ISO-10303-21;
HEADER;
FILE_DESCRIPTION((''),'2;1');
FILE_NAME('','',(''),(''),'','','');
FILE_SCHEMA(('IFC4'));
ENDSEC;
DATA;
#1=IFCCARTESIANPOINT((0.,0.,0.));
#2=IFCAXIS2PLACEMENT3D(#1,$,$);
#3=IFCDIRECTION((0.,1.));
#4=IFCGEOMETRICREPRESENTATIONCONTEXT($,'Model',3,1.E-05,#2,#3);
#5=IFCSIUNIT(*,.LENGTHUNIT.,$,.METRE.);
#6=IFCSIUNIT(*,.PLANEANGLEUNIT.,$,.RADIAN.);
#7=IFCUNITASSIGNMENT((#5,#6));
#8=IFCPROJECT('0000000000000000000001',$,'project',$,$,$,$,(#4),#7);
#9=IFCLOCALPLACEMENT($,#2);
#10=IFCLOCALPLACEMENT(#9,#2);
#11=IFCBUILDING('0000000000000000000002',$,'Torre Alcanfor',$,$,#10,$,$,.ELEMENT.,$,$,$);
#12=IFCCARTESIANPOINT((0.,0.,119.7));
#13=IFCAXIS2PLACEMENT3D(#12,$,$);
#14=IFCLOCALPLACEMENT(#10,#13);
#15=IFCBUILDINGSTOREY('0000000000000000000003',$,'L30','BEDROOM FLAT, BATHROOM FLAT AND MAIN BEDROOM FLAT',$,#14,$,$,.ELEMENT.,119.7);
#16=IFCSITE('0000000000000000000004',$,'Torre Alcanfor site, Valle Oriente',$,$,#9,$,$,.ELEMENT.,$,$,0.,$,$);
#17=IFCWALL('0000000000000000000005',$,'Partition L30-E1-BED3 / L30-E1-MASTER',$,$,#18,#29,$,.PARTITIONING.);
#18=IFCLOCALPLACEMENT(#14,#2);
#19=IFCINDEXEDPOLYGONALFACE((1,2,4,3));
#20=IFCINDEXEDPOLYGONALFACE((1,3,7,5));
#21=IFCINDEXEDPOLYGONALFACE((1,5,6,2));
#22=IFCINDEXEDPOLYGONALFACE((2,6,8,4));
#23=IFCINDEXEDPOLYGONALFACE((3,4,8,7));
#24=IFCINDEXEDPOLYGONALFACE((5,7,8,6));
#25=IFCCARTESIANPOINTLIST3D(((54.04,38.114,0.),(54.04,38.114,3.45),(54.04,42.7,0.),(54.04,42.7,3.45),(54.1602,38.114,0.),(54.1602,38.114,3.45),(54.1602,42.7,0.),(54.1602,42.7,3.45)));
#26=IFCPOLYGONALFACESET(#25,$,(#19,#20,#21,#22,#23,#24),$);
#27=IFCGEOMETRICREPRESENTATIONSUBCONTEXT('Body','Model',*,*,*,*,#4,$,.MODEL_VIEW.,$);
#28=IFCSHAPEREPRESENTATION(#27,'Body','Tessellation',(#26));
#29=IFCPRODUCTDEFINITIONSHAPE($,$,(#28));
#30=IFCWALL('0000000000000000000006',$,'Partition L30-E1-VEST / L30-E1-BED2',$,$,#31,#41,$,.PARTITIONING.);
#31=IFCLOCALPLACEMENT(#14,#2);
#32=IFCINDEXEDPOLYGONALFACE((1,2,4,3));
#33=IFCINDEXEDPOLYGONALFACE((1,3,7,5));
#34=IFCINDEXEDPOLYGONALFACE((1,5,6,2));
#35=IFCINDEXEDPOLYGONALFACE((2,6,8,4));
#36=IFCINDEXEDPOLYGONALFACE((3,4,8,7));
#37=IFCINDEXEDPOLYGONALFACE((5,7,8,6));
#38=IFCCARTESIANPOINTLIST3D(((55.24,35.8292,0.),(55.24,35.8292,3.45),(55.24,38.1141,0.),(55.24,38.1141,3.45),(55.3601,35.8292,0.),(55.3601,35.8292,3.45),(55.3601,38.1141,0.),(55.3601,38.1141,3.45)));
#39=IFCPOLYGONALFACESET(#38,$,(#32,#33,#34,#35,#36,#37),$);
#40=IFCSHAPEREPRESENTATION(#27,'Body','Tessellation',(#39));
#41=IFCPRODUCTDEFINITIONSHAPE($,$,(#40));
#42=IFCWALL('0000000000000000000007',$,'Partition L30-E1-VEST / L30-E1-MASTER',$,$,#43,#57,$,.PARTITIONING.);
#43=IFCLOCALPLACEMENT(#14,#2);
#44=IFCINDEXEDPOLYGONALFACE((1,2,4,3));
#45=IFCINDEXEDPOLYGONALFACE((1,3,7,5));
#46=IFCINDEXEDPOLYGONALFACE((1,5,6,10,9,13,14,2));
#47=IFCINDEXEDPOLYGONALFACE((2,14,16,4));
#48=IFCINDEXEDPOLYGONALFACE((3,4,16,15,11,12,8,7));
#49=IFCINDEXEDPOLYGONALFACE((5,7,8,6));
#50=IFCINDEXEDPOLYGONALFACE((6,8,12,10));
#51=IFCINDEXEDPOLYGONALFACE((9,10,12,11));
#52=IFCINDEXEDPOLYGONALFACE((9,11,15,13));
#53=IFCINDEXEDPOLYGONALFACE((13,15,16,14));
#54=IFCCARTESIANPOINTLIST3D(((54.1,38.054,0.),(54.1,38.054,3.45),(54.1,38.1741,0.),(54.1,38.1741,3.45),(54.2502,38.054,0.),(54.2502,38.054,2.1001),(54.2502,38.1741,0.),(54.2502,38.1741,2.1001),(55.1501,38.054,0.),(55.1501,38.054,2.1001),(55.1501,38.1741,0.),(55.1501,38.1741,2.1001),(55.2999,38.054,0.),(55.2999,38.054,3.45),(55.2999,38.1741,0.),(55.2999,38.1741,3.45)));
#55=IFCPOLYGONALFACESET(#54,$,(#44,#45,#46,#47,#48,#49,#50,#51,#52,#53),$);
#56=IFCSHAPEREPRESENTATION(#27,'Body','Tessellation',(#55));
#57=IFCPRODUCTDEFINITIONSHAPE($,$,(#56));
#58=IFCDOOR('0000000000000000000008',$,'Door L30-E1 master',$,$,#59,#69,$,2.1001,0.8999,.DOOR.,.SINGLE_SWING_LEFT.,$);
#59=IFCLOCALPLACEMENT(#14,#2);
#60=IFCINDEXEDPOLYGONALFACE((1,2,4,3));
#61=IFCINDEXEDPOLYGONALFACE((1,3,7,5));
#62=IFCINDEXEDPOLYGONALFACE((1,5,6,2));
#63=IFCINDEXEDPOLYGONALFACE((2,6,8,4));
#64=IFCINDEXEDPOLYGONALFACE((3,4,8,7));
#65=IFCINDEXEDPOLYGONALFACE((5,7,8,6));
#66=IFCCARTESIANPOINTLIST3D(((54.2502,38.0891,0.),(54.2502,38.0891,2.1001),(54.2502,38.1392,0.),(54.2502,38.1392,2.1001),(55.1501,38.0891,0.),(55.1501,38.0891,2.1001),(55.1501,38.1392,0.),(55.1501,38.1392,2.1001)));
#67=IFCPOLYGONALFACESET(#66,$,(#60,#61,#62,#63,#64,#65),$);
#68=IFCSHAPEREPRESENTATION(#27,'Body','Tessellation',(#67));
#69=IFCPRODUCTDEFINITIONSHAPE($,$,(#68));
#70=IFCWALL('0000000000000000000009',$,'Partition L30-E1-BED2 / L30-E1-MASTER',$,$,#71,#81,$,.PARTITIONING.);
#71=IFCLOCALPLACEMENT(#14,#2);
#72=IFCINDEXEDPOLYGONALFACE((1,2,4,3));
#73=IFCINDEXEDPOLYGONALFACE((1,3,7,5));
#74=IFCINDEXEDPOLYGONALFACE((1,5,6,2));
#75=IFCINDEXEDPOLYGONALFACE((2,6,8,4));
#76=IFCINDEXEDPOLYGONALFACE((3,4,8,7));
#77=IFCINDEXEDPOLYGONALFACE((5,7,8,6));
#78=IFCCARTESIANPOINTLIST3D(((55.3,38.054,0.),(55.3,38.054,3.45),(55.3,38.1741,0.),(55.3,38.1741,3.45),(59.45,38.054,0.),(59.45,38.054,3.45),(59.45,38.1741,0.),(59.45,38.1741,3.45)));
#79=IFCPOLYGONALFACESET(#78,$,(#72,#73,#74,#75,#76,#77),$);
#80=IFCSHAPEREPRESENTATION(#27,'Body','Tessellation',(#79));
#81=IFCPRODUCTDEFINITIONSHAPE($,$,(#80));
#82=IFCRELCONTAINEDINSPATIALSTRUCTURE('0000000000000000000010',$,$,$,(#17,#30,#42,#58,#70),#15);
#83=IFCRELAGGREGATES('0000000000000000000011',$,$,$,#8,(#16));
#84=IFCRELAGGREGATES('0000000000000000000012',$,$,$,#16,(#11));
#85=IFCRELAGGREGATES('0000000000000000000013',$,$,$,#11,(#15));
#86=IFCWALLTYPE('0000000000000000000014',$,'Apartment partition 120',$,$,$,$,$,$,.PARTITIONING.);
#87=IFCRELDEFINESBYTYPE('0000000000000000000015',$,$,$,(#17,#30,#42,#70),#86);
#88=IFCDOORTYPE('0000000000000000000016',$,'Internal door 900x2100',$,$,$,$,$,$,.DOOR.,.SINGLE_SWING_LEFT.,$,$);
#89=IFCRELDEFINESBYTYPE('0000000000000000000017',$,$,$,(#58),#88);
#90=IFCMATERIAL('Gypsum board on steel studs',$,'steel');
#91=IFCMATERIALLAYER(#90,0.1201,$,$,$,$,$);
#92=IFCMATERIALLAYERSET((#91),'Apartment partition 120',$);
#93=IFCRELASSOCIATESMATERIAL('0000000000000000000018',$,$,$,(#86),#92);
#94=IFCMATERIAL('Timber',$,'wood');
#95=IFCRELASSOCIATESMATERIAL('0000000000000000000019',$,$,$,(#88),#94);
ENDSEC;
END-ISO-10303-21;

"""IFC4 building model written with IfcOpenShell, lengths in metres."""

from ifc_helpers import new_model, si_unit, direction, frame, frame_2d, origin, place, context, subcontext, project, spatial, rectangle, extrude, material, layer, layer_set, type_object, element, fill, save


model = new_model("IFC4")

# Units and contexts
model_context = context("Model", 3, precision=1e-05, world=origin(), true_north=direction((0.0, 1.0)))
body_context = subcontext(model_context, "Body", "Model", "MODEL_VIEW")
ifc_project = project(units=[si_unit("LENGTHUNIT", "METRE"), si_unit("PLANEANGLEUNIT", "RADIAN")], contexts=[model_context])

# Site, building, storey
site_placement = place(None, origin())
site = spatial("IfcSite", under=ifc_project, at=site_placement, Name="Torre Alcanfor site, Valle Oriente", CompositionType="ELEMENT", RefElevation=0.0)
building_placement = place(site_placement, origin())
building = spatial("IfcBuilding", under=site, at=building_placement, Name="Torre Alcanfor", CompositionType="ELEMENT")
storey_placement = place(building_placement, frame((0.0, 0.0, 119.7)))
storey = spatial("IfcBuildingStorey", under=building, at=storey_placement, Name="L30", Description="BEDROOM FLAT, BATHROOM FLAT AND MAIN BEDROOM FLAT", CompositionType="ELEMENT", Elevation=119.7)

# Shared definitions
ifc_material_1 = material(Name="Gypsum board on steel studs", Category="steel")
ifc_layer_1 = layer(ifc_material_1, 0.1201)
ifc_layer_set_1 = layer_set([ifc_layer_1], Name="Apartment partition 120")
wall_type_1 = type_object("IfcWallType", Name="Apartment partition 120", PredefinedType="PARTITIONING", material=ifc_layer_set_1)
ifc_material_2 = material(Name="Timber", Category="wood")
door_type_1 = type_object("IfcDoorType", Name="Internal door 900x2100", OperationType="SINGLE_SWING_LEFT", PredefinedType="DOOR", material=ifc_material_2)

# Walls
wall_1_placement = place(storey_placement, frame((54.1001, 38.114, 0.0), z_axis=(0.0, 0.0, 1.0), x_axis=(0.0, 1.0, 0.0)))
element("IfcWall", 1, at=wall_1_placement, inside=storey, type_object=wall_type_1, Name="Partition L30-E1-BED3 / L30-E1-MASTER", PredefinedType="PARTITIONING", context=body_context, shape_type="SweptSolid", body=[
    extrude(rectangle(XDim=4.5859, YDim=0.1201, at=frame_2d((2.293, 0.0))), origin(), (0.0, 0.0, 1.0), 3.45),
])
wall_2_placement = place(storey_placement, frame((55.3, 35.8291, 0.0), z_axis=(0.0, 0.0, 1.0), x_axis=(0.0, 1.0, 0.0)))
element("IfcWall", 2, at=wall_2_placement, inside=storey, type_object=wall_type_1, Name="Partition L30-E1-VEST / L30-E1-BED2", PredefinedType="PARTITIONING", context=body_context, shape_type="SweptSolid", body=[
    extrude(rectangle(XDim=2.2849, YDim=0.1201, at=frame_2d((1.1426, 0.0))), origin(), (0.0, 0.0, 1.0), 3.45),
])

# Wall, opening, door
wall_3_placement = place(storey_placement, frame((55.3, 38.114, 0.0), z_axis=(0.0, 0.0, 1.0), x_axis=(-1.0, 0.0, 0.0)))
wall_3 = element("IfcWall", 3, at=wall_3_placement, inside=storey, type_object=wall_type_1, Name="Partition L30-E1-VEST / L30-E1-MASTER", PredefinedType="PARTITIONING", context=body_context, shape_type="SweptSolid", body=[
    extrude(rectangle(XDim=1.2, YDim=0.1201, at=frame_2d((0.6001, 0.0))), origin(), (0.0, 0.0, 1.0), 3.45),
])
opening_1_placement = place(wall_3_placement, frame((0.1499, 0.0, 0.0)))
opening_1 = element("IfcOpeningElement", 4, at=opening_1_placement, cuts=wall_3, PredefinedType="OPENING", context=body_context, shape_type="SweptSolid", body=[
    extrude(rectangle(XDim=0.8999, YDim=2.1001, at=frame_2d((0.45, 1.05))), frame((0.0, 0.0701, 0.0), z_axis=(0.0, -1.0, 0.0), x_axis=(1.0, 0.0, 0.0)), (0.0, 0.0, 1.0), 0.1401),
])
door_1_placement = place(opening_1_placement, origin())
door_1 = element("IfcDoor", 5, at=door_1_placement, inside=storey, type_object=door_type_1, Name="Door L30-E1 master", OperationType="SINGLE_SWING_LEFT", OverallHeight=2.1001, OverallWidth=0.8999, PredefinedType="DOOR", context=body_context, shape_type="SweptSolid", body=[
    extrude(rectangle(XDim=0.8999, YDim=2.1001, at=frame_2d((0.45, 1.05))), frame((0.0, 0.0249, 0.0), z_axis=(0.0, -1.0, 0.0), x_axis=(1.0, 0.0, 0.0)), (0.0, 0.0, 1.0), 0.05),
])
fill(opening_1, door_1)

# Wall
wall_4_placement = place(storey_placement, frame((59.45, 38.114, 0.0), z_axis=(0.0, 0.0, 1.0), x_axis=(-1.0, 0.0, 0.0)))
element("IfcWall", 6, at=wall_4_placement, inside=storey, type_object=wall_type_1, Name="Partition L30-E1-BED2 / L30-E1-MASTER", PredefinedType="PARTITIONING", context=body_context, shape_type="SweptSolid", body=[
    extrude(rectangle(XDim=4.1499, YDim=0.1201, at=frame_2d((2.075, 0.0))), origin(), (0.0, 0.0, 1.0), 3.45),
])

save(model, "model.ifc")
